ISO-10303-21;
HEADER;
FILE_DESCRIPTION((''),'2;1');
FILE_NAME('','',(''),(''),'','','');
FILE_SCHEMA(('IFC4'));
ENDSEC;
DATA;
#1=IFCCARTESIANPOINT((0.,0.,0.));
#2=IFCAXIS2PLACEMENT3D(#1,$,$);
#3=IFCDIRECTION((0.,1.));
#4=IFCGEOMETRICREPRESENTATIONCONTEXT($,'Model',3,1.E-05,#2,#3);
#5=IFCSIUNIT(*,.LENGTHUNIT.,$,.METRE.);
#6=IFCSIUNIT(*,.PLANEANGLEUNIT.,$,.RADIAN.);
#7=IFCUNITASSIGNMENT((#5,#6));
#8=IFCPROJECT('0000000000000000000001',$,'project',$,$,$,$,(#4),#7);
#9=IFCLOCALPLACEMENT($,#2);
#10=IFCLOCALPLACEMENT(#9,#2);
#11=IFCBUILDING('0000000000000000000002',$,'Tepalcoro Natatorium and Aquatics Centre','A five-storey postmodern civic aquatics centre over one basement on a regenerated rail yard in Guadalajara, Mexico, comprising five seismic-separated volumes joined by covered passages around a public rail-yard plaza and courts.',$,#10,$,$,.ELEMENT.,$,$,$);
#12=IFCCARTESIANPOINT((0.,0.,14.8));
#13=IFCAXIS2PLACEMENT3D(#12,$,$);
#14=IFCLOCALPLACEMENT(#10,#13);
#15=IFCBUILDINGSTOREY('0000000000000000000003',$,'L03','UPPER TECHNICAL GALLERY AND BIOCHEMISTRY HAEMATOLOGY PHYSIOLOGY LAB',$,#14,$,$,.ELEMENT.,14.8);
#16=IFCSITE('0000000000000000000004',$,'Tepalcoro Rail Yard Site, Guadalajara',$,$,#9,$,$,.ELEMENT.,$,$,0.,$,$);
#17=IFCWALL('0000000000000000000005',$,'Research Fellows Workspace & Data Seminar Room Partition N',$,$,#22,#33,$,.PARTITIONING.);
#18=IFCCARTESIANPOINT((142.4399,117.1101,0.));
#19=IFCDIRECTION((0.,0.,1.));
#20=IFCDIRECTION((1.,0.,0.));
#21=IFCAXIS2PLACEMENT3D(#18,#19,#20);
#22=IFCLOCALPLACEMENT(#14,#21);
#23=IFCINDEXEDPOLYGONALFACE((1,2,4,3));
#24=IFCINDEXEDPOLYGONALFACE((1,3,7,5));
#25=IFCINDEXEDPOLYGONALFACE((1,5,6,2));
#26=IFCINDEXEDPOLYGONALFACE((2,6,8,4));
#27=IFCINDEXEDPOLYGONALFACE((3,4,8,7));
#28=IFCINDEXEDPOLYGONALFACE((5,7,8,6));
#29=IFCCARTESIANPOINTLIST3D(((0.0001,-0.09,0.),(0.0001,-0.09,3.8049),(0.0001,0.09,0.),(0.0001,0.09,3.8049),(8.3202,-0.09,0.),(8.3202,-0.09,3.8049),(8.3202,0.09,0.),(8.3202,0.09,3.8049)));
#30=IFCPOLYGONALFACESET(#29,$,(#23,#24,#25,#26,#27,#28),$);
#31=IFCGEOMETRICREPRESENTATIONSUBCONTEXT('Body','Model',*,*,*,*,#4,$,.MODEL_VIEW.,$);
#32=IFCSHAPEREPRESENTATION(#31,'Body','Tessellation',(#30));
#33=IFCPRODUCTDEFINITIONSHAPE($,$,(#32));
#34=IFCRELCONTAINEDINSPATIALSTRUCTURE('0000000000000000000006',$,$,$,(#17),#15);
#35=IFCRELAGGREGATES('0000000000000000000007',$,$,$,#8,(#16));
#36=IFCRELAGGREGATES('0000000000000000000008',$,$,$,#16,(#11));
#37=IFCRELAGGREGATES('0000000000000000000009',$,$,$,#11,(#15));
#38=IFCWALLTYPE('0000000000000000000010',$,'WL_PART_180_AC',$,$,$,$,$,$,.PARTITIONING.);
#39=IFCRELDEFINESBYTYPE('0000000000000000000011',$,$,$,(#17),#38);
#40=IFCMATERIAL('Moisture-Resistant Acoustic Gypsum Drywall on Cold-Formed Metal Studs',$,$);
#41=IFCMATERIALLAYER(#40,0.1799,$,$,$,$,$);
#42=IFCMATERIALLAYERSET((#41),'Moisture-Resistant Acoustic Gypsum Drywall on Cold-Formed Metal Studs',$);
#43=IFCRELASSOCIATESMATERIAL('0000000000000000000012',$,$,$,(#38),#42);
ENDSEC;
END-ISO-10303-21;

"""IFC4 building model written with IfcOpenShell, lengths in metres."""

from ifc_helpers import new_model, si_unit, direction, frame, frame_2d, origin, place, context, subcontext, project, spatial, rectangle, extrude, material, layer, layer_set, type_object, element, save


model = new_model("IFC4")

# Units and contexts
model_context = context("Model", 3, precision=1e-05, world=origin(), true_north=direction((0.0, 1.0)))
body_context = subcontext(model_context, "Body", "Model", "MODEL_VIEW")
ifc_project = project(units=[si_unit("LENGTHUNIT", "METRE"), si_unit("PLANEANGLEUNIT", "RADIAN")], contexts=[model_context])

# Site, building, storey
site_placement = place(None, origin())
site = spatial("IfcSite", under=ifc_project, at=site_placement, Name="Tepalcoro Rail Yard Site, Guadalajara", CompositionType="ELEMENT", RefElevation=0.0)
building_placement = place(site_placement, origin())
building = spatial("IfcBuilding", under=site, at=building_placement, Name="Tepalcoro Natatorium and Aquatics Centre", Description="A five-storey postmodern civic aquatics centre over one basement on a regenerated rail yard in Guadalajara, Mexico, comprising five seismic-separated volumes joined by covered passages around a public rail-yard plaza and courts.", CompositionType="ELEMENT")
storey_placement = place(building_placement, frame((0.0, 0.0, 14.8)))
storey = spatial("IfcBuildingStorey", under=building, at=storey_placement, Name="L03", Description="UPPER TECHNICAL GALLERY AND BIOCHEMISTRY HAEMATOLOGY PHYSIOLOGY LAB", CompositionType="ELEMENT", Elevation=14.8)

# Wall
ifc_material_1 = material(Name="Moisture-Resistant Acoustic Gypsum Drywall on Cold-Formed Metal Studs")
ifc_layer_1 = layer(ifc_material_1, 0.1799)
ifc_layer_set_1 = layer_set([ifc_layer_1], Name="Moisture-Resistant Acoustic Gypsum Drywall on Cold-Formed Metal Studs")
wall_type_1 = type_object("IfcWallType", Name="WL_PART_180_AC", PredefinedType="PARTITIONING", material=ifc_layer_set_1)
wall_1_placement = place(storey_placement, frame((142.4399, 117.1101, 0.0), z_axis=(0.0, 0.0, 1.0), x_axis=(1.0, 0.0, 0.0)))
element("IfcWall", 1, at=wall_1_placement, inside=storey, type_object=wall_type_1, Name="Research Fellows Workspace & Data Seminar Room Partition N", PredefinedType="PARTITIONING", context=body_context, shape_type="SweptSolid", body=[
    extrude(rectangle(XDim=8.3201, YDim=0.1799, at=frame_2d((4.1602, 0.0))), origin(), (0.0, 0.0, 1.0), 3.8049),
])

save(model, "model.ifc")
